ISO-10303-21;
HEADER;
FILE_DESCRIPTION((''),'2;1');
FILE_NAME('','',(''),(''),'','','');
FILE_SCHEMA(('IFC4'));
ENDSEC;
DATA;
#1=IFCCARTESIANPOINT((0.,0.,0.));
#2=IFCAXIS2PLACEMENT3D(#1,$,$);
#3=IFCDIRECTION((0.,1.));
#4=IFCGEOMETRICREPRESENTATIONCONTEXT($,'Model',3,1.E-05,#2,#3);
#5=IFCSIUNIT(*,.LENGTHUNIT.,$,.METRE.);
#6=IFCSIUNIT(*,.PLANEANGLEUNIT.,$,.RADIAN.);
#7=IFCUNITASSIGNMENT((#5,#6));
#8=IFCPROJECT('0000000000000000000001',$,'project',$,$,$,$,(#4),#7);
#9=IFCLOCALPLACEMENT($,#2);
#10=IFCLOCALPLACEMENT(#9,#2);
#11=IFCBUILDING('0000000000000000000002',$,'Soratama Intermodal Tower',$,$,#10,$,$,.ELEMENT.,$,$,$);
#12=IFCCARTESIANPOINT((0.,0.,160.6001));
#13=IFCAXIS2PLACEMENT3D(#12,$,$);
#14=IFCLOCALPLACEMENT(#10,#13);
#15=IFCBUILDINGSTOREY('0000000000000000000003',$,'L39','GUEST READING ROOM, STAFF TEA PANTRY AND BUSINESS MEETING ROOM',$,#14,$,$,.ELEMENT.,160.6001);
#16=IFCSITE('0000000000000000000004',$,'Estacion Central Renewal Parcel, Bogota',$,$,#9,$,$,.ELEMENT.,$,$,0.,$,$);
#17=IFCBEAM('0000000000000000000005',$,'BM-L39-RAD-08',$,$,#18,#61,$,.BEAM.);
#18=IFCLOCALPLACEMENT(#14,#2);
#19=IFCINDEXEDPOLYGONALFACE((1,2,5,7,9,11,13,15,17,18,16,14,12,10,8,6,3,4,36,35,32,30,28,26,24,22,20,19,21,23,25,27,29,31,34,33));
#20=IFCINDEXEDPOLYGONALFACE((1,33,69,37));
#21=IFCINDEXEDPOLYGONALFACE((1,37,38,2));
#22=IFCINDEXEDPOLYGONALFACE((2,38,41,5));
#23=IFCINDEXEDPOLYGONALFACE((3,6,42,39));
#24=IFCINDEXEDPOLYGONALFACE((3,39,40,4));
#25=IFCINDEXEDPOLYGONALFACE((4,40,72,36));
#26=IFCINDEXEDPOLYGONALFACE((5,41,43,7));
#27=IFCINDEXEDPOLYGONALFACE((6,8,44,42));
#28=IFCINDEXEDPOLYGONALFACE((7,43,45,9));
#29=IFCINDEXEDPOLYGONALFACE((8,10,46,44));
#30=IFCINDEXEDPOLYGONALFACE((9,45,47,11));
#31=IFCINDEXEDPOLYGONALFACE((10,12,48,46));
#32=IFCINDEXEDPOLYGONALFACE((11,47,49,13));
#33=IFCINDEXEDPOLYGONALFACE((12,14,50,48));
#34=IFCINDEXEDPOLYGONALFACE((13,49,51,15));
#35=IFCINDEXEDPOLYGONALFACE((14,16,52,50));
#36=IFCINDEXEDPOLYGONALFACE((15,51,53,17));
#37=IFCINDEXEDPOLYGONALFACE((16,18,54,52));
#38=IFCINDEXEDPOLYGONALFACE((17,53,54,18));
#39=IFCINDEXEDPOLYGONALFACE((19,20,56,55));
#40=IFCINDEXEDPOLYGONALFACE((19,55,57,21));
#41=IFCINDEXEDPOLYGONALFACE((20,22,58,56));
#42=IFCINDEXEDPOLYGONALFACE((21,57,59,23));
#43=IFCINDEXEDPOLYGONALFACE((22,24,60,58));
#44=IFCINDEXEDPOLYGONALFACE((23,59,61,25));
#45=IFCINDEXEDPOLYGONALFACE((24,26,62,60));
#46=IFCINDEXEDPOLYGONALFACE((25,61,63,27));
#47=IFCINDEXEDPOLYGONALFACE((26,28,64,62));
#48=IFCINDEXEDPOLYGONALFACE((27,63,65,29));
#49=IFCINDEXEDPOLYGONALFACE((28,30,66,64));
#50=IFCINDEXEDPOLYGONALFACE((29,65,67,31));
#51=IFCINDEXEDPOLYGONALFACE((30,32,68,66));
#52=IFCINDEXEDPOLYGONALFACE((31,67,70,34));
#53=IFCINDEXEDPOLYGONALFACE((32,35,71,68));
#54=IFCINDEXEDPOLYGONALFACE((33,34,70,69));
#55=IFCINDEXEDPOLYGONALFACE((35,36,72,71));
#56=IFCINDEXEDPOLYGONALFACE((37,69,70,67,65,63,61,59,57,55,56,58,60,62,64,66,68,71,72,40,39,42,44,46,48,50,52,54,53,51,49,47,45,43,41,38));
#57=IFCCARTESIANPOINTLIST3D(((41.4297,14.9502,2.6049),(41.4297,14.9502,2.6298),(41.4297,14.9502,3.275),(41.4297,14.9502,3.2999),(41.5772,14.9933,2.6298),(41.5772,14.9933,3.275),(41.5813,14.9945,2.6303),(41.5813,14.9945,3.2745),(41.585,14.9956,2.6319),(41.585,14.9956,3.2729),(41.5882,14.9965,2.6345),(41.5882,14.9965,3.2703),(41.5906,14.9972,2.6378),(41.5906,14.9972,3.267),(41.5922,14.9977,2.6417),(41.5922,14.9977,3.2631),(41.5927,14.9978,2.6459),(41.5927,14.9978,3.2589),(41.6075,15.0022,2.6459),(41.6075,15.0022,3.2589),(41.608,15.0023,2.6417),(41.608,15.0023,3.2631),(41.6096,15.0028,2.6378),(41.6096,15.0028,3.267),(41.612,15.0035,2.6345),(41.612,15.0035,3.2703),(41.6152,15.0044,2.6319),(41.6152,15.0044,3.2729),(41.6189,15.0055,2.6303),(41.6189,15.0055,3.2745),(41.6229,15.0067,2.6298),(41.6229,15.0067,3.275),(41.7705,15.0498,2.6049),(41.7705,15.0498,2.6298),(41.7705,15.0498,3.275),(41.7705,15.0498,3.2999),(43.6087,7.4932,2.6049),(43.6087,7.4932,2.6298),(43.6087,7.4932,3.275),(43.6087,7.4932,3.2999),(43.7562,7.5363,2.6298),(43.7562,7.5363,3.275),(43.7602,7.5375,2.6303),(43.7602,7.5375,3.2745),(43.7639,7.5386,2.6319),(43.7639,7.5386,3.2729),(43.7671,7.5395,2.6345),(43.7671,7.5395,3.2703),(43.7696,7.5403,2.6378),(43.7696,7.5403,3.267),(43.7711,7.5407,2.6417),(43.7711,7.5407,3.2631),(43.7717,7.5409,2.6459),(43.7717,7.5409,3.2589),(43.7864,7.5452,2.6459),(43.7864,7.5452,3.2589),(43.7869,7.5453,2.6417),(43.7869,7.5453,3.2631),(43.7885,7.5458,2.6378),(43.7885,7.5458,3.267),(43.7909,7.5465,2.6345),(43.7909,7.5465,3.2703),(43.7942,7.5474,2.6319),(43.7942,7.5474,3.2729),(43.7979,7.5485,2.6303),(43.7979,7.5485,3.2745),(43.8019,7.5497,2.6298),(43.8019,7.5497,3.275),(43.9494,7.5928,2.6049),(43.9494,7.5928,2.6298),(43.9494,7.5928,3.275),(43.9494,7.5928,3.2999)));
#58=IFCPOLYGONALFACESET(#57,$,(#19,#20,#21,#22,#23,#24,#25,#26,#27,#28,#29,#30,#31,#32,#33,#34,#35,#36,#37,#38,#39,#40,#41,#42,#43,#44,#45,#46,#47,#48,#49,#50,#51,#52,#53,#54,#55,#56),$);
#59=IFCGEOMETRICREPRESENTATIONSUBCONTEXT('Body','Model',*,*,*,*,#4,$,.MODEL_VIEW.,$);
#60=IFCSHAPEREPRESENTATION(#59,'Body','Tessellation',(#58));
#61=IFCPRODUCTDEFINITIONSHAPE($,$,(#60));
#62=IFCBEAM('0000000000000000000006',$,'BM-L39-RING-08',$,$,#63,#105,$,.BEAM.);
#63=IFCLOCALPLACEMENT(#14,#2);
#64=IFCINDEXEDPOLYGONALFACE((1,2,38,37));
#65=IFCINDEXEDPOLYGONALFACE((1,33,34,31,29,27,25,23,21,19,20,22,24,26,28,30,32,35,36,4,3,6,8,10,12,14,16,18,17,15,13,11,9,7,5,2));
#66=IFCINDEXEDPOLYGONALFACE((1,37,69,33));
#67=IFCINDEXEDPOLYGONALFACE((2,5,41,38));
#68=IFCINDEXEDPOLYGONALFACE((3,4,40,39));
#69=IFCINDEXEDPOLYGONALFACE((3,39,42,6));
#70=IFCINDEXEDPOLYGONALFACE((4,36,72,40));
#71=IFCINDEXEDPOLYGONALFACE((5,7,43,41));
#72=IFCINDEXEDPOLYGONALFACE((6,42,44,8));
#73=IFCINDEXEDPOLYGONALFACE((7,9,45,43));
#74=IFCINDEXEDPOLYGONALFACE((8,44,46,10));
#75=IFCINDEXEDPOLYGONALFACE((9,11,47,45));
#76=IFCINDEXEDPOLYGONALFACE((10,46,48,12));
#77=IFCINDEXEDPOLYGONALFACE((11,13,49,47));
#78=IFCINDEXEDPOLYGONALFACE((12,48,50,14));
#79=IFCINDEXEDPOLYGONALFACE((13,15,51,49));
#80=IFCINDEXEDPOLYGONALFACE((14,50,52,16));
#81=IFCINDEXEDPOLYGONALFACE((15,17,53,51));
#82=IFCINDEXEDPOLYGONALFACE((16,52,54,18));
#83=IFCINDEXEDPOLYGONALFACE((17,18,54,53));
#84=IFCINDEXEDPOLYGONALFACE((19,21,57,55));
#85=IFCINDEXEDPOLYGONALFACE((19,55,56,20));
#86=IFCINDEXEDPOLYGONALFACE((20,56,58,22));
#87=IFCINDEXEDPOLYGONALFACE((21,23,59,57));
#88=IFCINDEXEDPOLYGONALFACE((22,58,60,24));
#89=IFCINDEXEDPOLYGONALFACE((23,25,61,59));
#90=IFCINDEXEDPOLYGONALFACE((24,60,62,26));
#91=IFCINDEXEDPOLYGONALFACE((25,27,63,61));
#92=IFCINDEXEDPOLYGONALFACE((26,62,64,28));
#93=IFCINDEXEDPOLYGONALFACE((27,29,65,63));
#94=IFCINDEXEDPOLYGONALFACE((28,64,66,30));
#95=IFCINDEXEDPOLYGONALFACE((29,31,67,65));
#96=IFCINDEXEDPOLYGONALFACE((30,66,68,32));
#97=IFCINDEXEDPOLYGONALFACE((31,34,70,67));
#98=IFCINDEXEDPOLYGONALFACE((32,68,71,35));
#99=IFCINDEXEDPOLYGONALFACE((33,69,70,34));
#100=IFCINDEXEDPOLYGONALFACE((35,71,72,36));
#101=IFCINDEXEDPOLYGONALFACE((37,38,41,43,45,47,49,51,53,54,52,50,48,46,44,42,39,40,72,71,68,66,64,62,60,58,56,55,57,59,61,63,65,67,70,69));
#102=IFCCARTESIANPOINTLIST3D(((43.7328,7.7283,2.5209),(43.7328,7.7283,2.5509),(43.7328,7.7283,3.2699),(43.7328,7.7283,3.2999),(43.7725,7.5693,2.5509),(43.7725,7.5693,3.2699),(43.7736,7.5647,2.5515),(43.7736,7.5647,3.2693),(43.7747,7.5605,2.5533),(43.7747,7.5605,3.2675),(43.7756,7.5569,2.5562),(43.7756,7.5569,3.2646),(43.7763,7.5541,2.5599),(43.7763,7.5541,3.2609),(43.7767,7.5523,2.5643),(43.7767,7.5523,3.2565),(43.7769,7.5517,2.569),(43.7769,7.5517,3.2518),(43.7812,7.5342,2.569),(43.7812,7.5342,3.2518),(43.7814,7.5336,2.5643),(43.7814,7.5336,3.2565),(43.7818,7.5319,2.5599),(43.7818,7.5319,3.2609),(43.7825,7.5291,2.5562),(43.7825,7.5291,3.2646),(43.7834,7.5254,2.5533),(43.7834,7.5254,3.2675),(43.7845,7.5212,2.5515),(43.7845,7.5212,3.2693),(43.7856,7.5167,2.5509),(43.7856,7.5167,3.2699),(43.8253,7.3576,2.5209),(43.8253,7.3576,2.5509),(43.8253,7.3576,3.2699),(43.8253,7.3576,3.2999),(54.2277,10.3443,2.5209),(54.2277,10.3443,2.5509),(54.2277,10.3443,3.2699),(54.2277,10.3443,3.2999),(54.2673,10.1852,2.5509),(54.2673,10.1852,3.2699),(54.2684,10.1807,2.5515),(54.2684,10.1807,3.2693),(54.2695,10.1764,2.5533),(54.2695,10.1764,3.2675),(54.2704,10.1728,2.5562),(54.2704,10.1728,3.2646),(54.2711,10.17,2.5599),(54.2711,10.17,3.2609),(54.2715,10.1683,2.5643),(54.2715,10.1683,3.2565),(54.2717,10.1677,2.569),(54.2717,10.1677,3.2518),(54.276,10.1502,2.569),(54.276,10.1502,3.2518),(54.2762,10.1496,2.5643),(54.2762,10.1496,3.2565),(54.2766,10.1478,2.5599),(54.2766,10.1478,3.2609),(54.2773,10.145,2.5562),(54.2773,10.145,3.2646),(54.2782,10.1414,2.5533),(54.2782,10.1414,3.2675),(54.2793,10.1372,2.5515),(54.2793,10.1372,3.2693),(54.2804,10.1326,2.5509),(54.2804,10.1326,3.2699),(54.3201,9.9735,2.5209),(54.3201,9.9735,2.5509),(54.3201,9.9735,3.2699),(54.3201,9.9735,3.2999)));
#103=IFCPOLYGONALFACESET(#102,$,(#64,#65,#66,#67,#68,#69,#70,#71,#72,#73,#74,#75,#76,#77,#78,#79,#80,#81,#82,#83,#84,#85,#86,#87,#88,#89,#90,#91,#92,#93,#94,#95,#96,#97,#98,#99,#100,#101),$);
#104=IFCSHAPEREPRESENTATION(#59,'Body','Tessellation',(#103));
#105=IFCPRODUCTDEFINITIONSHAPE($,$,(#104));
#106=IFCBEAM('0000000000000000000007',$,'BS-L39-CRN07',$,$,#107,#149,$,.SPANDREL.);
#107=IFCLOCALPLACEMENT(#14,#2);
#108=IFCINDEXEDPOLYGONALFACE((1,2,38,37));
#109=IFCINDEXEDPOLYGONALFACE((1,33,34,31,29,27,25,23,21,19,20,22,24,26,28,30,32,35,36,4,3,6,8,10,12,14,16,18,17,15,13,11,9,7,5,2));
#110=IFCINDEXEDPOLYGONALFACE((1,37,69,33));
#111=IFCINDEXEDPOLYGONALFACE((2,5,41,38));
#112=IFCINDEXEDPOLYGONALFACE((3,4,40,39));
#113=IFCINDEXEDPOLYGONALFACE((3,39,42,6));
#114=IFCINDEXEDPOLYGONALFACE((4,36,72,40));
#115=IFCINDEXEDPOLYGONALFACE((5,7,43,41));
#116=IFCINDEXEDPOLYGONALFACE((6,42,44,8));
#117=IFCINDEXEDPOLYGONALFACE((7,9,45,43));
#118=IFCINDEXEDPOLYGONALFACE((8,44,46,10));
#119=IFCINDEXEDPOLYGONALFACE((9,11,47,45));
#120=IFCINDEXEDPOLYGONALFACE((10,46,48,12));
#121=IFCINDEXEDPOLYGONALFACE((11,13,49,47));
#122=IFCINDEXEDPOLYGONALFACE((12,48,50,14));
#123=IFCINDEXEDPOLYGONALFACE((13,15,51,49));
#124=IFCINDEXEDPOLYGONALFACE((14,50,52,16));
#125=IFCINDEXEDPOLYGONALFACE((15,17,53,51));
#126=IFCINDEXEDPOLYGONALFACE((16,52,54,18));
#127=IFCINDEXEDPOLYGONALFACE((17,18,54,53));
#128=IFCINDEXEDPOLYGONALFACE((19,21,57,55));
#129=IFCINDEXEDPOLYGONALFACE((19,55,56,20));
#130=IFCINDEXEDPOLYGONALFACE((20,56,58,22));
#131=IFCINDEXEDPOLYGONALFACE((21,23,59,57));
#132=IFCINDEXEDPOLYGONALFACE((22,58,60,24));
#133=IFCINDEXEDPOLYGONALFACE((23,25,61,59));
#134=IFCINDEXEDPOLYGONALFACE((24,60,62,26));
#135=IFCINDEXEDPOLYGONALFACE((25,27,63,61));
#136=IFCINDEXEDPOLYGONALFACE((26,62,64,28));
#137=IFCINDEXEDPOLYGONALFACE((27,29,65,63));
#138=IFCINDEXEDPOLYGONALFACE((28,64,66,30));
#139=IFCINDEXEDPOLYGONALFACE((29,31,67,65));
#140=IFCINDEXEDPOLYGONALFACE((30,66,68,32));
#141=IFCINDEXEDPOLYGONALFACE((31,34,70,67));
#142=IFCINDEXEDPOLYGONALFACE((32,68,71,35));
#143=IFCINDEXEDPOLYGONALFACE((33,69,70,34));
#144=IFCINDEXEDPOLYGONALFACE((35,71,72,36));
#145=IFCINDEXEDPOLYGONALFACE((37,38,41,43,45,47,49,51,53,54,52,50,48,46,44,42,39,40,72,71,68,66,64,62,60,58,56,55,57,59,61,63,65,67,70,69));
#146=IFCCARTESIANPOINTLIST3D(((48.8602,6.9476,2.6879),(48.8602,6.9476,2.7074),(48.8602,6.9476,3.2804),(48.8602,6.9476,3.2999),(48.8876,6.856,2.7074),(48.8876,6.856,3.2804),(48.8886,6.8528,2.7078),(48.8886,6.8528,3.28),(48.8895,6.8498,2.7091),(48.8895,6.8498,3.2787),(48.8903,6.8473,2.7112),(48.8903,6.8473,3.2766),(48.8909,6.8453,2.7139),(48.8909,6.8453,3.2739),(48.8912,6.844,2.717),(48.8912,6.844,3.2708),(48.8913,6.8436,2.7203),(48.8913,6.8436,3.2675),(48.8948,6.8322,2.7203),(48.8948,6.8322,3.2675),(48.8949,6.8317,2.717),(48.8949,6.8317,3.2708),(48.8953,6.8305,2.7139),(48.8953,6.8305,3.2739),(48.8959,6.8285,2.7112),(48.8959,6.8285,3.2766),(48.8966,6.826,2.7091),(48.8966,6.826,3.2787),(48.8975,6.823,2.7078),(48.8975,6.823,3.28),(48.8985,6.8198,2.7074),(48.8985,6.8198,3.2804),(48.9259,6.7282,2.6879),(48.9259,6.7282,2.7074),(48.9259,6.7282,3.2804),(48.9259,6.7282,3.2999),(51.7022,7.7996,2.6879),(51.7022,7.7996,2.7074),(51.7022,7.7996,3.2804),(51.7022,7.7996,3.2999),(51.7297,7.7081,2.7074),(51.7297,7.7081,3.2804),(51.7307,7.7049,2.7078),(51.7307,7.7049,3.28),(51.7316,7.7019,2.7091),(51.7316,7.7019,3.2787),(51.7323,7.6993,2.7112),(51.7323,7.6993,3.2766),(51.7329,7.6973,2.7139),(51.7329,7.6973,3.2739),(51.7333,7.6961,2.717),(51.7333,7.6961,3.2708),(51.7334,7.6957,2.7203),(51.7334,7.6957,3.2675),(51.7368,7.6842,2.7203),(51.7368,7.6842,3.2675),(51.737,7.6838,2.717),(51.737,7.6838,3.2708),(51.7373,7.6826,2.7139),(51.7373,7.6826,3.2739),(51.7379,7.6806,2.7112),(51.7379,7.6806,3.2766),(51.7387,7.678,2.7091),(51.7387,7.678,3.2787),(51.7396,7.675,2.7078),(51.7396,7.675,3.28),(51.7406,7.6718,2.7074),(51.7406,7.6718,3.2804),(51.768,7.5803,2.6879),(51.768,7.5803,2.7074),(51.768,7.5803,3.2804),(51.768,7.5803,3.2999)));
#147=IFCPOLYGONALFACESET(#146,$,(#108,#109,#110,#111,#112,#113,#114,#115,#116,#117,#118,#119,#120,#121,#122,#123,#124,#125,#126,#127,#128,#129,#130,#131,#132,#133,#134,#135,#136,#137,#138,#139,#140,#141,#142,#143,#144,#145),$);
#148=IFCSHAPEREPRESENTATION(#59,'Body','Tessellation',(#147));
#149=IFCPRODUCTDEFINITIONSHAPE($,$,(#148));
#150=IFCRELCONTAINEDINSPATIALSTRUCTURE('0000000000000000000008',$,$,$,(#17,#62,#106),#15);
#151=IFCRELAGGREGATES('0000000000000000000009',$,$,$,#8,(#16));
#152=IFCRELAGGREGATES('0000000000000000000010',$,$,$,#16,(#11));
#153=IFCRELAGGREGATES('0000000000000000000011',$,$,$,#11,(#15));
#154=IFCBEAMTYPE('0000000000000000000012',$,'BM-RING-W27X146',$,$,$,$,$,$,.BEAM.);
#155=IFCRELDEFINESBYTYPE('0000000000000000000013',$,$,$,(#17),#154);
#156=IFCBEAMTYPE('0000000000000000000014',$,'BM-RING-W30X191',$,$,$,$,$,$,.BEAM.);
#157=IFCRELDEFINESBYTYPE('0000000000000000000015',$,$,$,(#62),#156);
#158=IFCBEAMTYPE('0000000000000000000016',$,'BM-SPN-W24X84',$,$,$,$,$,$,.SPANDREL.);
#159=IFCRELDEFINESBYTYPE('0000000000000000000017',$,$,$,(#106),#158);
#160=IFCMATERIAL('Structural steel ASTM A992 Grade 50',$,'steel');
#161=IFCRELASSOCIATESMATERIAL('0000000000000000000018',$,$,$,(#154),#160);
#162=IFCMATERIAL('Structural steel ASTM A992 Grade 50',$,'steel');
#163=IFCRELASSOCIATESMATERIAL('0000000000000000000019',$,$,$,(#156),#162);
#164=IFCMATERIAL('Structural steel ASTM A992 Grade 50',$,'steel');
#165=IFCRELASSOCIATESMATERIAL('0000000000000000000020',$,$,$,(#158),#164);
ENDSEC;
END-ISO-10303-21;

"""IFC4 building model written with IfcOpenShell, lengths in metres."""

from ifc_helpers import new_model, si_unit, direction, frame, origin, origin_2d, place, context, subcontext, project, spatial, i_section, extrude, material, material_profile, profile_set, type_object, element, save


model = new_model("IFC4")

# Units and contexts
model_context = context("Model", 3, precision=1e-05, world=origin(), true_north=direction((0.0, 1.0)))
body_context = subcontext(model_context, "Body", "Model", "MODEL_VIEW")
ifc_project = project(units=[si_unit("LENGTHUNIT", "METRE"), si_unit("PLANEANGLEUNIT", "RADIAN")], contexts=[model_context])

# Site, building, storey
site_placement = place(None, origin())
site = spatial("IfcSite", under=ifc_project, at=site_placement, Name="Estacion Central Renewal Parcel, Bogota", CompositionType="ELEMENT", RefElevation=0.0)
building_placement = place(site_placement, origin())
building = spatial("IfcBuilding", under=site, at=building_placement, Name="Soratama Intermodal Tower", CompositionType="ELEMENT")
storey_placement = place(building_placement, frame((0.0, 0.0, 160.6001)))
storey = spatial("IfcBuildingStorey", under=building, at=storey_placement, Name="L39", Description="GUEST READING ROOM, STAFF TEA PANTRY AND BUSINESS MEETING ROOM", CompositionType="ELEMENT", Elevation=160.6001)

# Beams
ifc_material_1 = material(Name="Structural steel ASTM A992 Grade 50", Category="steel")
ifc_material_profile_1 = material_profile(ifc_material_1, i_section(OverallWidth=0.355, OverallDepth=0.6951, WebThickness=0.0154, FlangeThickness=0.0249, FilletRadius=0.0161, at=origin_2d()), Name="W27X146")
ifc_profile_set_1 = profile_set([ifc_material_profile_1], Name="Structural steel ASTM A992 Grade 50")
beam_type_1 = type_object("IfcBeamType", Name="BM-RING-W27X146", PredefinedType="BEAM", material=ifc_profile_set_1)
beam_1_placement = place(storey_placement, frame((41.6001, 15.0, 2.9524), z_axis=(0.280473, -0.959862, 0.0), x_axis=(0.959862, 0.280473, 0.0)))
element("IfcBeam", 1, at=beam_1_placement, inside=storey, type_object=beam_type_1, Name="BM-L39-RAD-08", PredefinedType="BEAM", context=body_context, shape_type="SweptSolid", body=[
    extrude(i_section(OverallWidth=0.355, OverallDepth=0.6951, WebThickness=0.0154, FlangeThickness=0.0249, FilletRadius=0.0161, at=origin_2d()), origin(), (0.0, 0.0, 1.0), 7.7688),
])
ifc_material_2 = material(Name="Structural steel ASTM A992 Grade 50", Category="steel")
ifc_material_profile_2 = material_profile(ifc_material_2, i_section(OverallWidth=0.3821, OverallDepth=0.7791, WebThickness=0.0181, FlangeThickness=0.03, FilletRadius=0.0181, at=origin_2d()), Name="W30X191")
ifc_profile_set_2 = profile_set([ifc_material_profile_2], Name="Structural steel ASTM A992 Grade 50")
beam_type_2 = type_object("IfcBeamType", Name="BM-RING-W30X191", PredefinedType="BEAM", material=ifc_profile_set_2)
beam_2_placement = place(storey_placement, frame((43.7791, 7.543, 2.9104), z_axis=(0.970311, 0.241861, 0.0), x_axis=(-0.241861, 0.970311, 0.0)))
element("IfcBeam", 2, at=beam_2_placement, inside=storey, type_object=beam_type_2, Name="BM-L39-RING-08", PredefinedType="BEAM", context=body_context, shape_type="SweptSolid", body=[
    extrude(i_section(OverallWidth=0.3821, OverallDepth=0.7791, WebThickness=0.0181, FlangeThickness=0.03, FilletRadius=0.0181, at=origin_2d()), origin(), (0.0, 0.0, 1.0), 10.8159),
])
ifc_material_3 = material(Name="Structural steel ASTM A992 Grade 50", Category="steel")
ifc_material_profile_3 = material_profile(ifc_material_3, i_section(OverallWidth=0.229, OverallDepth=0.6121, WebThickness=0.012, FlangeThickness=0.0195, FilletRadius=0.0129, at=origin_2d()), Name="W24X84")
ifc_profile_set_3 = profile_set([ifc_material_profile_3], Name="Structural steel ASTM A992 Grade 50")
beam_type_3 = type_object("IfcBeamType", Name="BM-SPN-W24X84", PredefinedType="SPANDREL", material=ifc_profile_set_3)
beam_3_placement = place(storey_placement, frame((48.8931, 6.8379, 2.9939), z_axis=(0.957878, 0.287174, 0.0), x_axis=(-0.287174, 0.957878, 0.0)))
element("IfcBeam", 3, at=beam_3_placement, inside=storey, type_object=beam_type_3, Name="BS-L39-CRN07", PredefinedType="SPANDREL", context=body_context, shape_type="SweptSolid", body=[
    extrude(i_section(OverallWidth=0.229, OverallDepth=0.6121, WebThickness=0.012, FlangeThickness=0.0195, FilletRadius=0.0129, at=origin_2d()), origin(), (0.0, 0.0, 1.0), 2.967),
])

save(model, "model.ifc")
